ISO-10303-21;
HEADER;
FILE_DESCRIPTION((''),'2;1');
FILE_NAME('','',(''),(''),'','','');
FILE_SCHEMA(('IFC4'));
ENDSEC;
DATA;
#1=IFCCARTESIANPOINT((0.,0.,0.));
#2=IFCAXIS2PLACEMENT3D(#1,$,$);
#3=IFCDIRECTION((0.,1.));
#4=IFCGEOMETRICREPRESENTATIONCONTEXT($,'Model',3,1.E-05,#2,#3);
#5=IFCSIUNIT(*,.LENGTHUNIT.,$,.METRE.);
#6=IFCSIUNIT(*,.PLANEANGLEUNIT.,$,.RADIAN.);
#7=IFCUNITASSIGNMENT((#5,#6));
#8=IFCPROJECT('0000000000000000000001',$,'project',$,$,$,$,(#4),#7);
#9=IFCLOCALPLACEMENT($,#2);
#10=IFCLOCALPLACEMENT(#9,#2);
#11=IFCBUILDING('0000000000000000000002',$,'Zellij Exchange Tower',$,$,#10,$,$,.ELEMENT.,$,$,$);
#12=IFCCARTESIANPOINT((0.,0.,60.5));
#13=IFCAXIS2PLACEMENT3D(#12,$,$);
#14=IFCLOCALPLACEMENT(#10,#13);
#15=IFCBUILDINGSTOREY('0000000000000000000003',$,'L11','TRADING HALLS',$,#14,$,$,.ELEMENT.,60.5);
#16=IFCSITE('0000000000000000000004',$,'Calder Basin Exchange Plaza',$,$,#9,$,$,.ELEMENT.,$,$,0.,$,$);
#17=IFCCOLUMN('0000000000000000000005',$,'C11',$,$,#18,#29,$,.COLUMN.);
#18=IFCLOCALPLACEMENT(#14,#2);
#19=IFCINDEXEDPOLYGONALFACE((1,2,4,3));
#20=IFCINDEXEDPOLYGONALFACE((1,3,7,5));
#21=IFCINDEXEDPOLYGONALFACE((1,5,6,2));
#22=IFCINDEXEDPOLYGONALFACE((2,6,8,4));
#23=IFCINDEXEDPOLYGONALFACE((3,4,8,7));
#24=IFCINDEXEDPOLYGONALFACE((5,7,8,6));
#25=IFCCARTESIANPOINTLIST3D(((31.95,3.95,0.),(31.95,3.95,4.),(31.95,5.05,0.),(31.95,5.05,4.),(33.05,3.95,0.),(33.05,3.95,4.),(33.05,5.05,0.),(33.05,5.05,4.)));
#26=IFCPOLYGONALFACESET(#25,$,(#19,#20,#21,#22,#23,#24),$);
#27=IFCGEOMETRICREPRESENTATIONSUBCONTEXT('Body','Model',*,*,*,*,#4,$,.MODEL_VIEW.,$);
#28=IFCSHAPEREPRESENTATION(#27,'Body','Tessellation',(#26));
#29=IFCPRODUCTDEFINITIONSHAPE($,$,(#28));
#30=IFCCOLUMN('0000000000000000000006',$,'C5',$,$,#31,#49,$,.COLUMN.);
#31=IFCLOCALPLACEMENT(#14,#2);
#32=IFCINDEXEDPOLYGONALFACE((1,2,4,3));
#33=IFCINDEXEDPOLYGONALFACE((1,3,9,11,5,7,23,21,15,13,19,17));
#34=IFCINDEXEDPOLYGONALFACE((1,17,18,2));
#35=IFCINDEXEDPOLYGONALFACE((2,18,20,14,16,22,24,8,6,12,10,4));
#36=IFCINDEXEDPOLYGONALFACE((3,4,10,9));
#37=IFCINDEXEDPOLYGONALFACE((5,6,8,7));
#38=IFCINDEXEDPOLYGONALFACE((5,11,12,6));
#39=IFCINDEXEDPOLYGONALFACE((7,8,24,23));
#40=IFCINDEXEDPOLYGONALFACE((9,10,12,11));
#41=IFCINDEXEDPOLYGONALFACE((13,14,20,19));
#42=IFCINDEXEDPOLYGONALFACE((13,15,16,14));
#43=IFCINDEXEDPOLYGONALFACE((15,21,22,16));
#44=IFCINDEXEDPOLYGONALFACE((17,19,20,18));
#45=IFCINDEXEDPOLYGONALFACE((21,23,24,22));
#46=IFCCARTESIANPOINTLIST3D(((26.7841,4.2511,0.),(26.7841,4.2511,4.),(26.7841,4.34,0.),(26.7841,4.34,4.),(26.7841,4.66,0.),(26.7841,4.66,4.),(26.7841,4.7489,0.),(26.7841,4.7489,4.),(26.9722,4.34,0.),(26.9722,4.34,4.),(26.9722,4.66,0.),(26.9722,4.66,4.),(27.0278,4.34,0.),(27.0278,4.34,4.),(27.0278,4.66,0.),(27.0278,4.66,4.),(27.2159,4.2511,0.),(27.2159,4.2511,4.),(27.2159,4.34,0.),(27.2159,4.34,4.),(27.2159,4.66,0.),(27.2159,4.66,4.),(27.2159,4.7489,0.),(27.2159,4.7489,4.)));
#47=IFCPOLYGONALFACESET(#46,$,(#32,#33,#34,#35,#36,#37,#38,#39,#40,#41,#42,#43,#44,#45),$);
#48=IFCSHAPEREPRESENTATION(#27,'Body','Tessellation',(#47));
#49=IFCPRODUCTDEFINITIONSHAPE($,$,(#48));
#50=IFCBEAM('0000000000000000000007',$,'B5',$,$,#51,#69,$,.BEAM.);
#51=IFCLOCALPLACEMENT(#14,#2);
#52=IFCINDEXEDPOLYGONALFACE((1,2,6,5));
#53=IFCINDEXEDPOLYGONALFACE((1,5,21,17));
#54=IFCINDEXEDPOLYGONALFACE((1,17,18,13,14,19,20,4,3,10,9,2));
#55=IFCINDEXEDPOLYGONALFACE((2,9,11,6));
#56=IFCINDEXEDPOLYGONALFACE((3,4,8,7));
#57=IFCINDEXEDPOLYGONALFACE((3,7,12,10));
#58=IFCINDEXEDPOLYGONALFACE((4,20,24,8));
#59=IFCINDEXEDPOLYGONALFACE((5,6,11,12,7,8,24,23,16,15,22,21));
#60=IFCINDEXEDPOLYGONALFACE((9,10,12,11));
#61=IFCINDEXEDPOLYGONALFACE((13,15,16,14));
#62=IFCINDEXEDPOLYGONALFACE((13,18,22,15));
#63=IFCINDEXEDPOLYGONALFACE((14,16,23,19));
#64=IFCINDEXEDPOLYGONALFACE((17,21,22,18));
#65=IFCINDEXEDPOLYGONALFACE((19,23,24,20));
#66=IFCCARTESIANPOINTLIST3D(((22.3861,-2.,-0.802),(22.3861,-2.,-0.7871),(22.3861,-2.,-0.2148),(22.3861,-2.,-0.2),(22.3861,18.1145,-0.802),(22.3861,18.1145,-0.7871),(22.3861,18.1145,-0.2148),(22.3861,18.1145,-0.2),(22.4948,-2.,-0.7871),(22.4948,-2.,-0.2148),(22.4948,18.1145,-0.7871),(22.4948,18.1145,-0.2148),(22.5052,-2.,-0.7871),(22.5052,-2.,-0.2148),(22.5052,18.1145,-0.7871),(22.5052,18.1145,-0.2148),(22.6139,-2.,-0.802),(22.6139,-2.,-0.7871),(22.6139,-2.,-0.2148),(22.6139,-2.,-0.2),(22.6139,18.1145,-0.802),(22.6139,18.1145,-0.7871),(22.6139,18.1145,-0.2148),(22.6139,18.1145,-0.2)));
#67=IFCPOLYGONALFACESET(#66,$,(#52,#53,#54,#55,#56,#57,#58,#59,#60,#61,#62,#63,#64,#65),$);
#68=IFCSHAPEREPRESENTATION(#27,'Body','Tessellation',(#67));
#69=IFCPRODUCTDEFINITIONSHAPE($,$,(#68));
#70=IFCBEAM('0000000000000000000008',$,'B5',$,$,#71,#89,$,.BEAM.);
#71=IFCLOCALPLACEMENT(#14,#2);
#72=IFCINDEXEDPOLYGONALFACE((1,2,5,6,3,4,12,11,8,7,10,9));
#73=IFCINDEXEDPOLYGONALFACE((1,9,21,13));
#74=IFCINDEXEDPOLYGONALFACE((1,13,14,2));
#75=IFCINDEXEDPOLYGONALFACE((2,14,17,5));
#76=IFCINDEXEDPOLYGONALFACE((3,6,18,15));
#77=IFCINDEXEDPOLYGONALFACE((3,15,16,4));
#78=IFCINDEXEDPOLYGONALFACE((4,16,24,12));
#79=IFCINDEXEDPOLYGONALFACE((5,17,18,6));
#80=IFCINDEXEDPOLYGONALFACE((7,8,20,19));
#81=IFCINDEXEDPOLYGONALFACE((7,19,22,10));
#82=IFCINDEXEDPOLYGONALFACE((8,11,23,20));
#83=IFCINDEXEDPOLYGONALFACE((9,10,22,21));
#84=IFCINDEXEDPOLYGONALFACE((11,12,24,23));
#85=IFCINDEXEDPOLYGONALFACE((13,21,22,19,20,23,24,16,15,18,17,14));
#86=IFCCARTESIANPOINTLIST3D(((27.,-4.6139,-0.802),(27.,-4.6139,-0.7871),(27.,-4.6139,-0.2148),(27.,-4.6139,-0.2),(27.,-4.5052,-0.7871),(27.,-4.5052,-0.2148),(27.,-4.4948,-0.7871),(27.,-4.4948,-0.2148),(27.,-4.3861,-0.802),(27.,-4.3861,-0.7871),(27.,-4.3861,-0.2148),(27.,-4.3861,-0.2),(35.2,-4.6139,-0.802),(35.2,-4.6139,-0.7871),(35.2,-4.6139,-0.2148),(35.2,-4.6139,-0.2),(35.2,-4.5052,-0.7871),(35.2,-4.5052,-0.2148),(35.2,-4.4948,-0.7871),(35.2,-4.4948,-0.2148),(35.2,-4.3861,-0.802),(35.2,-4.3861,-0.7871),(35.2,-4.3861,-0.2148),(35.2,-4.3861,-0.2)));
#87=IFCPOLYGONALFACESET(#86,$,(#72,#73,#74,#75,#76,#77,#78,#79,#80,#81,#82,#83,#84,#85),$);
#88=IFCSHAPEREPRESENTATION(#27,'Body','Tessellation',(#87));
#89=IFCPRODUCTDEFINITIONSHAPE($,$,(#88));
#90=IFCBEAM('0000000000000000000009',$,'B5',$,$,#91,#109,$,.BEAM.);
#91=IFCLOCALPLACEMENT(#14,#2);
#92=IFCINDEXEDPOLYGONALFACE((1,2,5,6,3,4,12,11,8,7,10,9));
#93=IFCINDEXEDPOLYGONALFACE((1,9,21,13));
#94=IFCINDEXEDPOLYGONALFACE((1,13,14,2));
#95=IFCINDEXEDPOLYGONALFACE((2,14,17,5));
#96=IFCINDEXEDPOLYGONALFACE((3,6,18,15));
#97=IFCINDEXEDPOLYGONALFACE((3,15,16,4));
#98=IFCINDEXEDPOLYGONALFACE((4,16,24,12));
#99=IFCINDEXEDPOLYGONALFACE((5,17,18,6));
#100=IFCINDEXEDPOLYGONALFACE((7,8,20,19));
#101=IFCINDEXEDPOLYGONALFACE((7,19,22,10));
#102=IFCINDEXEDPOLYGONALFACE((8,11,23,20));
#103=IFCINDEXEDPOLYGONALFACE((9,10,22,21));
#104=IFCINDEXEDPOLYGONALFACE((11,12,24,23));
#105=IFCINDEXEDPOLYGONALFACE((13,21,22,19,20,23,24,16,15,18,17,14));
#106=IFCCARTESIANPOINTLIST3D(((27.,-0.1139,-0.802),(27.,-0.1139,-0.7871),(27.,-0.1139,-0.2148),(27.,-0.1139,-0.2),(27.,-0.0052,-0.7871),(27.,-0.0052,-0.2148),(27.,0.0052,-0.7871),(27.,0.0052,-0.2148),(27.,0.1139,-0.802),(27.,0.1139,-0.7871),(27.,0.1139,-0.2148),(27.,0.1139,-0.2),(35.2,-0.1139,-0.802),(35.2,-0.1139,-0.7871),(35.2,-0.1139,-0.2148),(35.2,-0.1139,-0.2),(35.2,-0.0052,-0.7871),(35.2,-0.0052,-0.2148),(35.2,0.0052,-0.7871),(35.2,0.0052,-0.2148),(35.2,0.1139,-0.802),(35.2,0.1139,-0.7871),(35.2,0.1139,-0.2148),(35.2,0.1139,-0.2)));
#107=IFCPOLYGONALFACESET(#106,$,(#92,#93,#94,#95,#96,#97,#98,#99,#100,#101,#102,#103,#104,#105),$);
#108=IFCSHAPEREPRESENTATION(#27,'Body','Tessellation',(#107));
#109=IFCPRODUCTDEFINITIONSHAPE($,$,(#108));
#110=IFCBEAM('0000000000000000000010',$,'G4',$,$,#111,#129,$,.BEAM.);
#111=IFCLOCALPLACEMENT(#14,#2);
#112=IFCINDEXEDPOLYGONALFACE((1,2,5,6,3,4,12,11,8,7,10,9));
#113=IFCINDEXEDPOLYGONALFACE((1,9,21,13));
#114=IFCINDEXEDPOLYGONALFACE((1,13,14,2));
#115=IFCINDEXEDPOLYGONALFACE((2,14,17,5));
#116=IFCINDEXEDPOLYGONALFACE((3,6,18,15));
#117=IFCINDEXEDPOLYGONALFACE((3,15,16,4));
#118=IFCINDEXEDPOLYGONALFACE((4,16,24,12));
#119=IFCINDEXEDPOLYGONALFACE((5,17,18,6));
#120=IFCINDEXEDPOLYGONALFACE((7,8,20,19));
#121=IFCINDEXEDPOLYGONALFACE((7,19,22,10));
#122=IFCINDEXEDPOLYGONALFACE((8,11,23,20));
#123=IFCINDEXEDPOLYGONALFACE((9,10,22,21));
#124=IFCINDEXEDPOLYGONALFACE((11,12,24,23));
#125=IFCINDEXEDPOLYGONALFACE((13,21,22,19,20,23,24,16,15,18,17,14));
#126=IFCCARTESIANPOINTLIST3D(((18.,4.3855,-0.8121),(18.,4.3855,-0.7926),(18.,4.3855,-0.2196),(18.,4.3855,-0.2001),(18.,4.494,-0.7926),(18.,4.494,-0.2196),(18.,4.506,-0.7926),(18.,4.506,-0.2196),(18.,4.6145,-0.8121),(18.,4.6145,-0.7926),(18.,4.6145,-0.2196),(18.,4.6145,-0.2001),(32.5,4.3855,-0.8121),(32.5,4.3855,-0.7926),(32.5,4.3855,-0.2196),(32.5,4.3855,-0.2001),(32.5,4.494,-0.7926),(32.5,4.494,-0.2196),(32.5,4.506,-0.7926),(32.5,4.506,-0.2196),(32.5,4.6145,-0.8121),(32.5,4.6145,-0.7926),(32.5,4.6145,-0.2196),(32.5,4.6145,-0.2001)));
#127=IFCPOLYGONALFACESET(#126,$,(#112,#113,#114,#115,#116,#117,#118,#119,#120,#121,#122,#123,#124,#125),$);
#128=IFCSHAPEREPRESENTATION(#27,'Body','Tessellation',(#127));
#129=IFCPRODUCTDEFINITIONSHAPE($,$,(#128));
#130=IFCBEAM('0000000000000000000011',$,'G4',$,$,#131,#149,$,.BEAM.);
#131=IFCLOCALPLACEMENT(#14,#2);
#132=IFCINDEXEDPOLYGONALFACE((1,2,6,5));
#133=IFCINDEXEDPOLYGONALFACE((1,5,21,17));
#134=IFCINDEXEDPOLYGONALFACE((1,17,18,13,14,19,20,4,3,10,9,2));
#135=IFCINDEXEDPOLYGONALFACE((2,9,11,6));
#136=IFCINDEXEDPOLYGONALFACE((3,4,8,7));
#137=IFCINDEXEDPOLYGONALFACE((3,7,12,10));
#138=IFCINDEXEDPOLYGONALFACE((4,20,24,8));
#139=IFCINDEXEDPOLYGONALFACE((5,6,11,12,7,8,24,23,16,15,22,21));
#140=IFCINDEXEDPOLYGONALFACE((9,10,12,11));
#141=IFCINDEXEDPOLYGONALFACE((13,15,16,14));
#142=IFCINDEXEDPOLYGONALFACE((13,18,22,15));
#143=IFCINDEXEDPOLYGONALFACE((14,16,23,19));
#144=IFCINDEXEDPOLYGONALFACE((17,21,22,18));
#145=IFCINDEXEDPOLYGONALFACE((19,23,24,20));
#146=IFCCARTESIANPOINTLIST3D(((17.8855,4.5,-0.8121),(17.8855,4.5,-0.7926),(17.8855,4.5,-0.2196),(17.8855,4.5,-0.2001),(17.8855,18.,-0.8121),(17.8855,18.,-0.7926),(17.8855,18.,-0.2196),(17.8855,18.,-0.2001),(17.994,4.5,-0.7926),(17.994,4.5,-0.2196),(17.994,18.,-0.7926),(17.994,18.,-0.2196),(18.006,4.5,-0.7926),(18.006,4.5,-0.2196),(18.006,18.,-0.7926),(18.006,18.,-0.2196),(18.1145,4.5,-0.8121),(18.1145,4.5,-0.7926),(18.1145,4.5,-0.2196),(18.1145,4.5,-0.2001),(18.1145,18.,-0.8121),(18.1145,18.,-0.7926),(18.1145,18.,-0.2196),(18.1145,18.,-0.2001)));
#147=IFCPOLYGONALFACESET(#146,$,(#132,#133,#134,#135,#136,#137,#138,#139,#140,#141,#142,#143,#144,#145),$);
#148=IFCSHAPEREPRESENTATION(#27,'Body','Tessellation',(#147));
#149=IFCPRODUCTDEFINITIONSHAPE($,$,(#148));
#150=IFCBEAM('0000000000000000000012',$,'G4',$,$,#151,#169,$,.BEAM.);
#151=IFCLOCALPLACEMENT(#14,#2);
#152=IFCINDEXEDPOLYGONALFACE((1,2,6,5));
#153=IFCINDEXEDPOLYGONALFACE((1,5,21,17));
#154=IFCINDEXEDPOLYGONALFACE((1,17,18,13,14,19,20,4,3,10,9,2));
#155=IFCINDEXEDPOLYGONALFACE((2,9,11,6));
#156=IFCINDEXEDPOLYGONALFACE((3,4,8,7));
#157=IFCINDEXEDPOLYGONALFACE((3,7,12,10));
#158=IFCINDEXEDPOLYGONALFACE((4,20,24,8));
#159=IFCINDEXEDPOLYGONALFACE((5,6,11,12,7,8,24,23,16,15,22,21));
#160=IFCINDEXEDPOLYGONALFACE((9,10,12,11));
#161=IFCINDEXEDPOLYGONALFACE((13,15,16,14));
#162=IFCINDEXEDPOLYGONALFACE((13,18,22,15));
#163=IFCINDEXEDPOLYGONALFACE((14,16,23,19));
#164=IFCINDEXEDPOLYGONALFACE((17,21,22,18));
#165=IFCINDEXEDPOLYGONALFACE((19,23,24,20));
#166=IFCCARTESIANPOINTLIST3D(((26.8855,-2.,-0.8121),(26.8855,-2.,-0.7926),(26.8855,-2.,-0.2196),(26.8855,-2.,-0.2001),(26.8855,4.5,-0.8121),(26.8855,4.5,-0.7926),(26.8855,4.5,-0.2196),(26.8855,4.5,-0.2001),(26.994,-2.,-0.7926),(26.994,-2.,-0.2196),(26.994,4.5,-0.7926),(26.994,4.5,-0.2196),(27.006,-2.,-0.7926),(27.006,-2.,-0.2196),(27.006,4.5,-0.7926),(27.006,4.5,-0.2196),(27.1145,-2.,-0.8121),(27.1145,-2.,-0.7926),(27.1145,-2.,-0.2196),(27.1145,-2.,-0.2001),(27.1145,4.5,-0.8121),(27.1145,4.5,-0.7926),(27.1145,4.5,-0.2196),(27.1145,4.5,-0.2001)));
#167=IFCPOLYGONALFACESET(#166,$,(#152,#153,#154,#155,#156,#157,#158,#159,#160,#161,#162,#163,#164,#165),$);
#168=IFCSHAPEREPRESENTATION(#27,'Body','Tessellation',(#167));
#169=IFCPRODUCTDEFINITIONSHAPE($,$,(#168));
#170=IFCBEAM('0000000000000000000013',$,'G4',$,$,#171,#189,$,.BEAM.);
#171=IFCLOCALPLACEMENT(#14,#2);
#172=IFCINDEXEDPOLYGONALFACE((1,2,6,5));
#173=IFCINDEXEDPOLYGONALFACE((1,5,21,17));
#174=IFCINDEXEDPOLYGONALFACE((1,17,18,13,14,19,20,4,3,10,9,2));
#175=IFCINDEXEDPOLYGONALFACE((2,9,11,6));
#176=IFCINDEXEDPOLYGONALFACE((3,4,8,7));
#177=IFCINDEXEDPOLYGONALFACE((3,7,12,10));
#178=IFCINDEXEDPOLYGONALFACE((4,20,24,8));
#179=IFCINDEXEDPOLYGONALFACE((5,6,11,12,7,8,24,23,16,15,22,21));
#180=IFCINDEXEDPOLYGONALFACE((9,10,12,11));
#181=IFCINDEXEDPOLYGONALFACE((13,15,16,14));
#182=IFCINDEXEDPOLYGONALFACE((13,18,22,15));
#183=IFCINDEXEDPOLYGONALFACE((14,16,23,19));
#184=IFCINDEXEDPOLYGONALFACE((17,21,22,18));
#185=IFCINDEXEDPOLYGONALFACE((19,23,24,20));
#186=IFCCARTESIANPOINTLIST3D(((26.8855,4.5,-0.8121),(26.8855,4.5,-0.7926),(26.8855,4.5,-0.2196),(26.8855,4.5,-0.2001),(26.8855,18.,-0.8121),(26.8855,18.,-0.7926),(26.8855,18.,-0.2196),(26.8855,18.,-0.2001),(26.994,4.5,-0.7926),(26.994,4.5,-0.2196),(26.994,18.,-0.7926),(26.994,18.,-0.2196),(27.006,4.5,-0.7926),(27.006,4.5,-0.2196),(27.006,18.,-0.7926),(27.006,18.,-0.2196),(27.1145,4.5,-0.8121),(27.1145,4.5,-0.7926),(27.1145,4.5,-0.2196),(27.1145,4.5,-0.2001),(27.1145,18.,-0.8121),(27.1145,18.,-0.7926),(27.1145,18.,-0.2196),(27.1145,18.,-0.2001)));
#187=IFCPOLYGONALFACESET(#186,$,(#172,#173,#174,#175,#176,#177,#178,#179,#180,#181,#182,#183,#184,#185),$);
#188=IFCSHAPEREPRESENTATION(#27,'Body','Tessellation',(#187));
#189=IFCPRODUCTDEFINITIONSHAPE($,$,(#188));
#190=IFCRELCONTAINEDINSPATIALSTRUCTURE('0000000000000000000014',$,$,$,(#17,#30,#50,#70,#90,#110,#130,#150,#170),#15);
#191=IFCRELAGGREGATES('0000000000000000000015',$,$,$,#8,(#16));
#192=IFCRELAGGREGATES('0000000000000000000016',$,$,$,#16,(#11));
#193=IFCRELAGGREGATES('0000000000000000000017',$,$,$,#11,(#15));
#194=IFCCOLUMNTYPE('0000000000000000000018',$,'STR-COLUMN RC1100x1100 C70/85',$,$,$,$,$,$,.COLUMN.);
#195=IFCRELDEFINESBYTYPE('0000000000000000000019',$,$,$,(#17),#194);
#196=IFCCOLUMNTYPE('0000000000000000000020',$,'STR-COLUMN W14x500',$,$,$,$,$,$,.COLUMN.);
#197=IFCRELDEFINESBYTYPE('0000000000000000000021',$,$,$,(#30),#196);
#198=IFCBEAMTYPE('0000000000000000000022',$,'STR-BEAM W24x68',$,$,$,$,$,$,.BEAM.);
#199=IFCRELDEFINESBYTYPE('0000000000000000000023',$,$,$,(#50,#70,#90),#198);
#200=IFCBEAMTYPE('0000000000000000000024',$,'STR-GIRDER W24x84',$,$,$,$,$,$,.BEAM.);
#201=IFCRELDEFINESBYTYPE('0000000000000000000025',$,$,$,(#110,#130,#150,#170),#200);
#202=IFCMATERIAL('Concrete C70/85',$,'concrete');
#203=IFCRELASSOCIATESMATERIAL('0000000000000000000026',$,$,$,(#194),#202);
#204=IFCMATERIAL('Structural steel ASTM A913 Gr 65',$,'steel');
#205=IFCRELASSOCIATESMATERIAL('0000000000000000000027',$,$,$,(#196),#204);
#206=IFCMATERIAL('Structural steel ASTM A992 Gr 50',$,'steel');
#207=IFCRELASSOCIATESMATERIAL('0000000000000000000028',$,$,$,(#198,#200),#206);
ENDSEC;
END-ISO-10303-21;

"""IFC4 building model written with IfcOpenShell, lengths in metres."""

from ifc_helpers import new_model, si_unit, direction, frame, origin, origin_2d, place, context, subcontext, project, spatial, rectangle, i_section, extrude, material, material_profile, profile_set, type_object, element, save


model = new_model("IFC4")

# Units and contexts
model_context = context("Model", 3, precision=1e-05, world=origin(), true_north=direction((0.0, 1.0)))
body_context = subcontext(model_context, "Body", "Model", "MODEL_VIEW")
ifc_project = project(units=[si_unit("LENGTHUNIT", "METRE"), si_unit("PLANEANGLEUNIT", "RADIAN")], contexts=[model_context])

# Site, building, storey
site_placement = place(None, origin())
site = spatial("IfcSite", under=ifc_project, at=site_placement, Name="Calder Basin Exchange Plaza", CompositionType="ELEMENT", RefElevation=0.0)
building_placement = place(site_placement, origin())
building = spatial("IfcBuilding", under=site, at=building_placement, Name="Zellij Exchange Tower", CompositionType="ELEMENT")
storey_placement = place(building_placement, frame((0.0, 0.0, 60.5)))
storey = spatial("IfcBuildingStorey", under=building, at=storey_placement, Name="L11", Description="TRADING HALLS", CompositionType="ELEMENT", Elevation=60.5)

# Columns
ifc_material_1 = material(Name="Concrete C70/85", Category="concrete")
ifc_material_profile_1 = material_profile(ifc_material_1, rectangle(XDim=1.1001, YDim=1.1001, at=origin_2d()), Name="STR-COLUMN RC1100x1100 C70/85")
ifc_profile_set_1 = profile_set([ifc_material_profile_1], Name="Concrete C70/85")
column_type_1 = type_object("IfcColumnType", Name="STR-COLUMN RC1100x1100 C70/85", PredefinedType="COLUMN", material=ifc_profile_set_1)
column_1_placement = place(storey_placement, frame((32.5, 4.5, 0.0), z_axis=(0.0, 0.0, 1.0), x_axis=(1.0, 0.0, 0.0)))
element("IfcColumn", 1, at=column_1_placement, inside=storey, type_object=column_type_1, Name="C11", PredefinedType="COLUMN", context=body_context, shape_type="SweptSolid", body=[
    extrude(rectangle(XDim=1.1001, YDim=1.1001, at=origin_2d()), origin(), (0.0, 0.0, 1.0), 4.0),
])
ifc_material_2 = material(Name="Structural steel ASTM A913 Gr 65", Category="steel")
ifc_material_profile_2 = material_profile(ifc_material_2, i_section(OverallWidth=0.4319, OverallDepth=0.4978, WebThickness=0.0557, FlangeThickness=0.0889, at=origin_2d()), Name="W14x500")
ifc_profile_set_2 = profile_set([ifc_material_profile_2], Name="Structural steel ASTM A913 Gr 65")
column_type_2 = type_object("IfcColumnType", Name="STR-COLUMN W14x500", PredefinedType="COLUMN", material=ifc_profile_set_2)
column_2_placement = place(storey_placement, frame((27.0, 4.5, 0.0), z_axis=(0.0, 0.0, 1.0), x_axis=(1.0, 0.0, 0.0)))
element("IfcColumn", 2, at=column_2_placement, inside=storey, type_object=column_type_2, Name="C5", PredefinedType="COLUMN", context=body_context, shape_type="SweptSolid", body=[
    extrude(i_section(OverallWidth=0.4319, OverallDepth=0.4978, WebThickness=0.0557, FlangeThickness=0.0889, at=origin_2d()), origin(), (0.0, 0.0, 1.0), 4.0),
])

# Beams
ifc_material_3 = material(Name="Structural steel ASTM A992 Gr 50", Category="steel")
ifc_material_profile_3 = material_profile(ifc_material_3, i_section(OverallWidth=0.2278, OverallDepth=0.6021, WebThickness=0.0105, FlangeThickness=0.0149, at=origin_2d()), Name="W24x68")
ifc_profile_set_3 = profile_set([ifc_material_profile_3], Name="Structural steel ASTM A992 Gr 50")
beam_type_1 = type_object("IfcBeamType", Name="STR-BEAM W24x68", PredefinedType="BEAM", material=ifc_profile_set_3)
beam_1_placement = place(storey_placement, frame((22.5, -2.0, -0.501), z_axis=(0.0, 1.0, 0.0), x_axis=(-1.0, 0.0, 0.0)))
element("IfcBeam", 3, at=beam_1_placement, inside=storey, type_object=beam_type_1, Name="B5", PredefinedType="BEAM", context=body_context, shape_type="SweptSolid", body=[
    extrude(i_section(OverallWidth=0.2278, OverallDepth=0.6021, WebThickness=0.0105, FlangeThickness=0.0149, at=origin_2d()), origin(), (0.0, 0.0, 1.0), 20.1145),
])
for number, where, z_axis, x_axis, name in (
    (4, (27.0, -4.5, -0.501), (1.0, 0.0, 0.0), (0.0, 1.0, 0.0), "B5"),
    (5, (27.0, 0.0, -0.501), (1.0, 0.0, 0.0), (0.0, 1.0, 0.0), "B5"),
):
    element("IfcBeam", number, at=place(storey_placement, frame(where, z_axis=z_axis, x_axis=x_axis)), inside=storey, type_object=beam_type_1, Name=name, PredefinedType="BEAM", context=body_context, shape_type="SweptSolid", body=[
        extrude(i_section(OverallWidth=0.2278, OverallDepth=0.6021, WebThickness=0.0105, FlangeThickness=0.0149, at=origin_2d()), origin(), (0.0, 0.0, 1.0), 8.2),
    ])
ifc_material_profile_4 = material_profile(ifc_material_3, i_section(OverallWidth=0.229, OverallDepth=0.6121, WebThickness=0.012, FlangeThickness=0.0195, at=origin_2d()), Name="W24x84")
ifc_profile_set_4 = profile_set([ifc_material_profile_4], Name="Structural steel ASTM A992 Gr 50")
beam_type_2 = type_object("IfcBeamType", Name="STR-GIRDER W24x84", PredefinedType="BEAM", material=ifc_profile_set_4)
beam_2_placement = place(storey_placement, frame((18.0, 4.5, -0.5061), z_axis=(1.0, 0.0, 0.0), x_axis=(0.0, 1.0, 0.0)))
element("IfcBeam", 6, at=beam_2_placement, inside=storey, type_object=beam_type_2, Name="G4", PredefinedType="BEAM", context=body_context, shape_type="SweptSolid", body=[
    extrude(i_section(OverallWidth=0.229, OverallDepth=0.6121, WebThickness=0.012, FlangeThickness=0.0195, at=origin_2d()), origin(), (0.0, 0.0, 1.0), 14.5),
])
beam_3_placement = place(storey_placement, frame((18.0, 4.5, -0.5061), z_axis=(0.0, 1.0, 0.0), x_axis=(-1.0, 0.0, 0.0)))
element("IfcBeam", 7, at=beam_3_placement, inside=storey, type_object=beam_type_2, Name="G4", PredefinedType="BEAM", context=body_context, shape_type="SweptSolid", body=[
    extrude(i_section(OverallWidth=0.229, OverallDepth=0.6121, WebThickness=0.012, FlangeThickness=0.0195, at=origin_2d()), origin(), (0.0, 0.0, 1.0), 13.5),
])
beam_4_placement = place(storey_placement, frame((27.0, -2.0, -0.5061), z_axis=(0.0, 1.0, 0.0), x_axis=(-1.0, 0.0, 0.0)))
element("IfcBeam", 8, at=beam_4_placement, inside=storey, type_object=beam_type_2, Name="G4", PredefinedType="BEAM", context=body_context, shape_type="SweptSolid", body=[
    extrude(i_section(OverallWidth=0.229, OverallDepth=0.6121, WebThickness=0.012, FlangeThickness=0.0195, at=origin_2d()), origin(), (0.0, 0.0, 1.0), 6.5),
])
beam_5_placement = place(storey_placement, frame((27.0, 4.5, -0.5061), z_axis=(0.0, 1.0, 0.0), x_axis=(-1.0, 0.0, 0.0)))
element("IfcBeam", 9, at=beam_5_placement, inside=storey, type_object=beam_type_2, Name="G4", PredefinedType="BEAM", context=body_context, shape_type="SweptSolid", body=[
    extrude(i_section(OverallWidth=0.229, OverallDepth=0.6121, WebThickness=0.012, FlangeThickness=0.0195, at=origin_2d()), origin(), (0.0, 0.0, 1.0), 13.5),
])

save(model, "model.ifc")
